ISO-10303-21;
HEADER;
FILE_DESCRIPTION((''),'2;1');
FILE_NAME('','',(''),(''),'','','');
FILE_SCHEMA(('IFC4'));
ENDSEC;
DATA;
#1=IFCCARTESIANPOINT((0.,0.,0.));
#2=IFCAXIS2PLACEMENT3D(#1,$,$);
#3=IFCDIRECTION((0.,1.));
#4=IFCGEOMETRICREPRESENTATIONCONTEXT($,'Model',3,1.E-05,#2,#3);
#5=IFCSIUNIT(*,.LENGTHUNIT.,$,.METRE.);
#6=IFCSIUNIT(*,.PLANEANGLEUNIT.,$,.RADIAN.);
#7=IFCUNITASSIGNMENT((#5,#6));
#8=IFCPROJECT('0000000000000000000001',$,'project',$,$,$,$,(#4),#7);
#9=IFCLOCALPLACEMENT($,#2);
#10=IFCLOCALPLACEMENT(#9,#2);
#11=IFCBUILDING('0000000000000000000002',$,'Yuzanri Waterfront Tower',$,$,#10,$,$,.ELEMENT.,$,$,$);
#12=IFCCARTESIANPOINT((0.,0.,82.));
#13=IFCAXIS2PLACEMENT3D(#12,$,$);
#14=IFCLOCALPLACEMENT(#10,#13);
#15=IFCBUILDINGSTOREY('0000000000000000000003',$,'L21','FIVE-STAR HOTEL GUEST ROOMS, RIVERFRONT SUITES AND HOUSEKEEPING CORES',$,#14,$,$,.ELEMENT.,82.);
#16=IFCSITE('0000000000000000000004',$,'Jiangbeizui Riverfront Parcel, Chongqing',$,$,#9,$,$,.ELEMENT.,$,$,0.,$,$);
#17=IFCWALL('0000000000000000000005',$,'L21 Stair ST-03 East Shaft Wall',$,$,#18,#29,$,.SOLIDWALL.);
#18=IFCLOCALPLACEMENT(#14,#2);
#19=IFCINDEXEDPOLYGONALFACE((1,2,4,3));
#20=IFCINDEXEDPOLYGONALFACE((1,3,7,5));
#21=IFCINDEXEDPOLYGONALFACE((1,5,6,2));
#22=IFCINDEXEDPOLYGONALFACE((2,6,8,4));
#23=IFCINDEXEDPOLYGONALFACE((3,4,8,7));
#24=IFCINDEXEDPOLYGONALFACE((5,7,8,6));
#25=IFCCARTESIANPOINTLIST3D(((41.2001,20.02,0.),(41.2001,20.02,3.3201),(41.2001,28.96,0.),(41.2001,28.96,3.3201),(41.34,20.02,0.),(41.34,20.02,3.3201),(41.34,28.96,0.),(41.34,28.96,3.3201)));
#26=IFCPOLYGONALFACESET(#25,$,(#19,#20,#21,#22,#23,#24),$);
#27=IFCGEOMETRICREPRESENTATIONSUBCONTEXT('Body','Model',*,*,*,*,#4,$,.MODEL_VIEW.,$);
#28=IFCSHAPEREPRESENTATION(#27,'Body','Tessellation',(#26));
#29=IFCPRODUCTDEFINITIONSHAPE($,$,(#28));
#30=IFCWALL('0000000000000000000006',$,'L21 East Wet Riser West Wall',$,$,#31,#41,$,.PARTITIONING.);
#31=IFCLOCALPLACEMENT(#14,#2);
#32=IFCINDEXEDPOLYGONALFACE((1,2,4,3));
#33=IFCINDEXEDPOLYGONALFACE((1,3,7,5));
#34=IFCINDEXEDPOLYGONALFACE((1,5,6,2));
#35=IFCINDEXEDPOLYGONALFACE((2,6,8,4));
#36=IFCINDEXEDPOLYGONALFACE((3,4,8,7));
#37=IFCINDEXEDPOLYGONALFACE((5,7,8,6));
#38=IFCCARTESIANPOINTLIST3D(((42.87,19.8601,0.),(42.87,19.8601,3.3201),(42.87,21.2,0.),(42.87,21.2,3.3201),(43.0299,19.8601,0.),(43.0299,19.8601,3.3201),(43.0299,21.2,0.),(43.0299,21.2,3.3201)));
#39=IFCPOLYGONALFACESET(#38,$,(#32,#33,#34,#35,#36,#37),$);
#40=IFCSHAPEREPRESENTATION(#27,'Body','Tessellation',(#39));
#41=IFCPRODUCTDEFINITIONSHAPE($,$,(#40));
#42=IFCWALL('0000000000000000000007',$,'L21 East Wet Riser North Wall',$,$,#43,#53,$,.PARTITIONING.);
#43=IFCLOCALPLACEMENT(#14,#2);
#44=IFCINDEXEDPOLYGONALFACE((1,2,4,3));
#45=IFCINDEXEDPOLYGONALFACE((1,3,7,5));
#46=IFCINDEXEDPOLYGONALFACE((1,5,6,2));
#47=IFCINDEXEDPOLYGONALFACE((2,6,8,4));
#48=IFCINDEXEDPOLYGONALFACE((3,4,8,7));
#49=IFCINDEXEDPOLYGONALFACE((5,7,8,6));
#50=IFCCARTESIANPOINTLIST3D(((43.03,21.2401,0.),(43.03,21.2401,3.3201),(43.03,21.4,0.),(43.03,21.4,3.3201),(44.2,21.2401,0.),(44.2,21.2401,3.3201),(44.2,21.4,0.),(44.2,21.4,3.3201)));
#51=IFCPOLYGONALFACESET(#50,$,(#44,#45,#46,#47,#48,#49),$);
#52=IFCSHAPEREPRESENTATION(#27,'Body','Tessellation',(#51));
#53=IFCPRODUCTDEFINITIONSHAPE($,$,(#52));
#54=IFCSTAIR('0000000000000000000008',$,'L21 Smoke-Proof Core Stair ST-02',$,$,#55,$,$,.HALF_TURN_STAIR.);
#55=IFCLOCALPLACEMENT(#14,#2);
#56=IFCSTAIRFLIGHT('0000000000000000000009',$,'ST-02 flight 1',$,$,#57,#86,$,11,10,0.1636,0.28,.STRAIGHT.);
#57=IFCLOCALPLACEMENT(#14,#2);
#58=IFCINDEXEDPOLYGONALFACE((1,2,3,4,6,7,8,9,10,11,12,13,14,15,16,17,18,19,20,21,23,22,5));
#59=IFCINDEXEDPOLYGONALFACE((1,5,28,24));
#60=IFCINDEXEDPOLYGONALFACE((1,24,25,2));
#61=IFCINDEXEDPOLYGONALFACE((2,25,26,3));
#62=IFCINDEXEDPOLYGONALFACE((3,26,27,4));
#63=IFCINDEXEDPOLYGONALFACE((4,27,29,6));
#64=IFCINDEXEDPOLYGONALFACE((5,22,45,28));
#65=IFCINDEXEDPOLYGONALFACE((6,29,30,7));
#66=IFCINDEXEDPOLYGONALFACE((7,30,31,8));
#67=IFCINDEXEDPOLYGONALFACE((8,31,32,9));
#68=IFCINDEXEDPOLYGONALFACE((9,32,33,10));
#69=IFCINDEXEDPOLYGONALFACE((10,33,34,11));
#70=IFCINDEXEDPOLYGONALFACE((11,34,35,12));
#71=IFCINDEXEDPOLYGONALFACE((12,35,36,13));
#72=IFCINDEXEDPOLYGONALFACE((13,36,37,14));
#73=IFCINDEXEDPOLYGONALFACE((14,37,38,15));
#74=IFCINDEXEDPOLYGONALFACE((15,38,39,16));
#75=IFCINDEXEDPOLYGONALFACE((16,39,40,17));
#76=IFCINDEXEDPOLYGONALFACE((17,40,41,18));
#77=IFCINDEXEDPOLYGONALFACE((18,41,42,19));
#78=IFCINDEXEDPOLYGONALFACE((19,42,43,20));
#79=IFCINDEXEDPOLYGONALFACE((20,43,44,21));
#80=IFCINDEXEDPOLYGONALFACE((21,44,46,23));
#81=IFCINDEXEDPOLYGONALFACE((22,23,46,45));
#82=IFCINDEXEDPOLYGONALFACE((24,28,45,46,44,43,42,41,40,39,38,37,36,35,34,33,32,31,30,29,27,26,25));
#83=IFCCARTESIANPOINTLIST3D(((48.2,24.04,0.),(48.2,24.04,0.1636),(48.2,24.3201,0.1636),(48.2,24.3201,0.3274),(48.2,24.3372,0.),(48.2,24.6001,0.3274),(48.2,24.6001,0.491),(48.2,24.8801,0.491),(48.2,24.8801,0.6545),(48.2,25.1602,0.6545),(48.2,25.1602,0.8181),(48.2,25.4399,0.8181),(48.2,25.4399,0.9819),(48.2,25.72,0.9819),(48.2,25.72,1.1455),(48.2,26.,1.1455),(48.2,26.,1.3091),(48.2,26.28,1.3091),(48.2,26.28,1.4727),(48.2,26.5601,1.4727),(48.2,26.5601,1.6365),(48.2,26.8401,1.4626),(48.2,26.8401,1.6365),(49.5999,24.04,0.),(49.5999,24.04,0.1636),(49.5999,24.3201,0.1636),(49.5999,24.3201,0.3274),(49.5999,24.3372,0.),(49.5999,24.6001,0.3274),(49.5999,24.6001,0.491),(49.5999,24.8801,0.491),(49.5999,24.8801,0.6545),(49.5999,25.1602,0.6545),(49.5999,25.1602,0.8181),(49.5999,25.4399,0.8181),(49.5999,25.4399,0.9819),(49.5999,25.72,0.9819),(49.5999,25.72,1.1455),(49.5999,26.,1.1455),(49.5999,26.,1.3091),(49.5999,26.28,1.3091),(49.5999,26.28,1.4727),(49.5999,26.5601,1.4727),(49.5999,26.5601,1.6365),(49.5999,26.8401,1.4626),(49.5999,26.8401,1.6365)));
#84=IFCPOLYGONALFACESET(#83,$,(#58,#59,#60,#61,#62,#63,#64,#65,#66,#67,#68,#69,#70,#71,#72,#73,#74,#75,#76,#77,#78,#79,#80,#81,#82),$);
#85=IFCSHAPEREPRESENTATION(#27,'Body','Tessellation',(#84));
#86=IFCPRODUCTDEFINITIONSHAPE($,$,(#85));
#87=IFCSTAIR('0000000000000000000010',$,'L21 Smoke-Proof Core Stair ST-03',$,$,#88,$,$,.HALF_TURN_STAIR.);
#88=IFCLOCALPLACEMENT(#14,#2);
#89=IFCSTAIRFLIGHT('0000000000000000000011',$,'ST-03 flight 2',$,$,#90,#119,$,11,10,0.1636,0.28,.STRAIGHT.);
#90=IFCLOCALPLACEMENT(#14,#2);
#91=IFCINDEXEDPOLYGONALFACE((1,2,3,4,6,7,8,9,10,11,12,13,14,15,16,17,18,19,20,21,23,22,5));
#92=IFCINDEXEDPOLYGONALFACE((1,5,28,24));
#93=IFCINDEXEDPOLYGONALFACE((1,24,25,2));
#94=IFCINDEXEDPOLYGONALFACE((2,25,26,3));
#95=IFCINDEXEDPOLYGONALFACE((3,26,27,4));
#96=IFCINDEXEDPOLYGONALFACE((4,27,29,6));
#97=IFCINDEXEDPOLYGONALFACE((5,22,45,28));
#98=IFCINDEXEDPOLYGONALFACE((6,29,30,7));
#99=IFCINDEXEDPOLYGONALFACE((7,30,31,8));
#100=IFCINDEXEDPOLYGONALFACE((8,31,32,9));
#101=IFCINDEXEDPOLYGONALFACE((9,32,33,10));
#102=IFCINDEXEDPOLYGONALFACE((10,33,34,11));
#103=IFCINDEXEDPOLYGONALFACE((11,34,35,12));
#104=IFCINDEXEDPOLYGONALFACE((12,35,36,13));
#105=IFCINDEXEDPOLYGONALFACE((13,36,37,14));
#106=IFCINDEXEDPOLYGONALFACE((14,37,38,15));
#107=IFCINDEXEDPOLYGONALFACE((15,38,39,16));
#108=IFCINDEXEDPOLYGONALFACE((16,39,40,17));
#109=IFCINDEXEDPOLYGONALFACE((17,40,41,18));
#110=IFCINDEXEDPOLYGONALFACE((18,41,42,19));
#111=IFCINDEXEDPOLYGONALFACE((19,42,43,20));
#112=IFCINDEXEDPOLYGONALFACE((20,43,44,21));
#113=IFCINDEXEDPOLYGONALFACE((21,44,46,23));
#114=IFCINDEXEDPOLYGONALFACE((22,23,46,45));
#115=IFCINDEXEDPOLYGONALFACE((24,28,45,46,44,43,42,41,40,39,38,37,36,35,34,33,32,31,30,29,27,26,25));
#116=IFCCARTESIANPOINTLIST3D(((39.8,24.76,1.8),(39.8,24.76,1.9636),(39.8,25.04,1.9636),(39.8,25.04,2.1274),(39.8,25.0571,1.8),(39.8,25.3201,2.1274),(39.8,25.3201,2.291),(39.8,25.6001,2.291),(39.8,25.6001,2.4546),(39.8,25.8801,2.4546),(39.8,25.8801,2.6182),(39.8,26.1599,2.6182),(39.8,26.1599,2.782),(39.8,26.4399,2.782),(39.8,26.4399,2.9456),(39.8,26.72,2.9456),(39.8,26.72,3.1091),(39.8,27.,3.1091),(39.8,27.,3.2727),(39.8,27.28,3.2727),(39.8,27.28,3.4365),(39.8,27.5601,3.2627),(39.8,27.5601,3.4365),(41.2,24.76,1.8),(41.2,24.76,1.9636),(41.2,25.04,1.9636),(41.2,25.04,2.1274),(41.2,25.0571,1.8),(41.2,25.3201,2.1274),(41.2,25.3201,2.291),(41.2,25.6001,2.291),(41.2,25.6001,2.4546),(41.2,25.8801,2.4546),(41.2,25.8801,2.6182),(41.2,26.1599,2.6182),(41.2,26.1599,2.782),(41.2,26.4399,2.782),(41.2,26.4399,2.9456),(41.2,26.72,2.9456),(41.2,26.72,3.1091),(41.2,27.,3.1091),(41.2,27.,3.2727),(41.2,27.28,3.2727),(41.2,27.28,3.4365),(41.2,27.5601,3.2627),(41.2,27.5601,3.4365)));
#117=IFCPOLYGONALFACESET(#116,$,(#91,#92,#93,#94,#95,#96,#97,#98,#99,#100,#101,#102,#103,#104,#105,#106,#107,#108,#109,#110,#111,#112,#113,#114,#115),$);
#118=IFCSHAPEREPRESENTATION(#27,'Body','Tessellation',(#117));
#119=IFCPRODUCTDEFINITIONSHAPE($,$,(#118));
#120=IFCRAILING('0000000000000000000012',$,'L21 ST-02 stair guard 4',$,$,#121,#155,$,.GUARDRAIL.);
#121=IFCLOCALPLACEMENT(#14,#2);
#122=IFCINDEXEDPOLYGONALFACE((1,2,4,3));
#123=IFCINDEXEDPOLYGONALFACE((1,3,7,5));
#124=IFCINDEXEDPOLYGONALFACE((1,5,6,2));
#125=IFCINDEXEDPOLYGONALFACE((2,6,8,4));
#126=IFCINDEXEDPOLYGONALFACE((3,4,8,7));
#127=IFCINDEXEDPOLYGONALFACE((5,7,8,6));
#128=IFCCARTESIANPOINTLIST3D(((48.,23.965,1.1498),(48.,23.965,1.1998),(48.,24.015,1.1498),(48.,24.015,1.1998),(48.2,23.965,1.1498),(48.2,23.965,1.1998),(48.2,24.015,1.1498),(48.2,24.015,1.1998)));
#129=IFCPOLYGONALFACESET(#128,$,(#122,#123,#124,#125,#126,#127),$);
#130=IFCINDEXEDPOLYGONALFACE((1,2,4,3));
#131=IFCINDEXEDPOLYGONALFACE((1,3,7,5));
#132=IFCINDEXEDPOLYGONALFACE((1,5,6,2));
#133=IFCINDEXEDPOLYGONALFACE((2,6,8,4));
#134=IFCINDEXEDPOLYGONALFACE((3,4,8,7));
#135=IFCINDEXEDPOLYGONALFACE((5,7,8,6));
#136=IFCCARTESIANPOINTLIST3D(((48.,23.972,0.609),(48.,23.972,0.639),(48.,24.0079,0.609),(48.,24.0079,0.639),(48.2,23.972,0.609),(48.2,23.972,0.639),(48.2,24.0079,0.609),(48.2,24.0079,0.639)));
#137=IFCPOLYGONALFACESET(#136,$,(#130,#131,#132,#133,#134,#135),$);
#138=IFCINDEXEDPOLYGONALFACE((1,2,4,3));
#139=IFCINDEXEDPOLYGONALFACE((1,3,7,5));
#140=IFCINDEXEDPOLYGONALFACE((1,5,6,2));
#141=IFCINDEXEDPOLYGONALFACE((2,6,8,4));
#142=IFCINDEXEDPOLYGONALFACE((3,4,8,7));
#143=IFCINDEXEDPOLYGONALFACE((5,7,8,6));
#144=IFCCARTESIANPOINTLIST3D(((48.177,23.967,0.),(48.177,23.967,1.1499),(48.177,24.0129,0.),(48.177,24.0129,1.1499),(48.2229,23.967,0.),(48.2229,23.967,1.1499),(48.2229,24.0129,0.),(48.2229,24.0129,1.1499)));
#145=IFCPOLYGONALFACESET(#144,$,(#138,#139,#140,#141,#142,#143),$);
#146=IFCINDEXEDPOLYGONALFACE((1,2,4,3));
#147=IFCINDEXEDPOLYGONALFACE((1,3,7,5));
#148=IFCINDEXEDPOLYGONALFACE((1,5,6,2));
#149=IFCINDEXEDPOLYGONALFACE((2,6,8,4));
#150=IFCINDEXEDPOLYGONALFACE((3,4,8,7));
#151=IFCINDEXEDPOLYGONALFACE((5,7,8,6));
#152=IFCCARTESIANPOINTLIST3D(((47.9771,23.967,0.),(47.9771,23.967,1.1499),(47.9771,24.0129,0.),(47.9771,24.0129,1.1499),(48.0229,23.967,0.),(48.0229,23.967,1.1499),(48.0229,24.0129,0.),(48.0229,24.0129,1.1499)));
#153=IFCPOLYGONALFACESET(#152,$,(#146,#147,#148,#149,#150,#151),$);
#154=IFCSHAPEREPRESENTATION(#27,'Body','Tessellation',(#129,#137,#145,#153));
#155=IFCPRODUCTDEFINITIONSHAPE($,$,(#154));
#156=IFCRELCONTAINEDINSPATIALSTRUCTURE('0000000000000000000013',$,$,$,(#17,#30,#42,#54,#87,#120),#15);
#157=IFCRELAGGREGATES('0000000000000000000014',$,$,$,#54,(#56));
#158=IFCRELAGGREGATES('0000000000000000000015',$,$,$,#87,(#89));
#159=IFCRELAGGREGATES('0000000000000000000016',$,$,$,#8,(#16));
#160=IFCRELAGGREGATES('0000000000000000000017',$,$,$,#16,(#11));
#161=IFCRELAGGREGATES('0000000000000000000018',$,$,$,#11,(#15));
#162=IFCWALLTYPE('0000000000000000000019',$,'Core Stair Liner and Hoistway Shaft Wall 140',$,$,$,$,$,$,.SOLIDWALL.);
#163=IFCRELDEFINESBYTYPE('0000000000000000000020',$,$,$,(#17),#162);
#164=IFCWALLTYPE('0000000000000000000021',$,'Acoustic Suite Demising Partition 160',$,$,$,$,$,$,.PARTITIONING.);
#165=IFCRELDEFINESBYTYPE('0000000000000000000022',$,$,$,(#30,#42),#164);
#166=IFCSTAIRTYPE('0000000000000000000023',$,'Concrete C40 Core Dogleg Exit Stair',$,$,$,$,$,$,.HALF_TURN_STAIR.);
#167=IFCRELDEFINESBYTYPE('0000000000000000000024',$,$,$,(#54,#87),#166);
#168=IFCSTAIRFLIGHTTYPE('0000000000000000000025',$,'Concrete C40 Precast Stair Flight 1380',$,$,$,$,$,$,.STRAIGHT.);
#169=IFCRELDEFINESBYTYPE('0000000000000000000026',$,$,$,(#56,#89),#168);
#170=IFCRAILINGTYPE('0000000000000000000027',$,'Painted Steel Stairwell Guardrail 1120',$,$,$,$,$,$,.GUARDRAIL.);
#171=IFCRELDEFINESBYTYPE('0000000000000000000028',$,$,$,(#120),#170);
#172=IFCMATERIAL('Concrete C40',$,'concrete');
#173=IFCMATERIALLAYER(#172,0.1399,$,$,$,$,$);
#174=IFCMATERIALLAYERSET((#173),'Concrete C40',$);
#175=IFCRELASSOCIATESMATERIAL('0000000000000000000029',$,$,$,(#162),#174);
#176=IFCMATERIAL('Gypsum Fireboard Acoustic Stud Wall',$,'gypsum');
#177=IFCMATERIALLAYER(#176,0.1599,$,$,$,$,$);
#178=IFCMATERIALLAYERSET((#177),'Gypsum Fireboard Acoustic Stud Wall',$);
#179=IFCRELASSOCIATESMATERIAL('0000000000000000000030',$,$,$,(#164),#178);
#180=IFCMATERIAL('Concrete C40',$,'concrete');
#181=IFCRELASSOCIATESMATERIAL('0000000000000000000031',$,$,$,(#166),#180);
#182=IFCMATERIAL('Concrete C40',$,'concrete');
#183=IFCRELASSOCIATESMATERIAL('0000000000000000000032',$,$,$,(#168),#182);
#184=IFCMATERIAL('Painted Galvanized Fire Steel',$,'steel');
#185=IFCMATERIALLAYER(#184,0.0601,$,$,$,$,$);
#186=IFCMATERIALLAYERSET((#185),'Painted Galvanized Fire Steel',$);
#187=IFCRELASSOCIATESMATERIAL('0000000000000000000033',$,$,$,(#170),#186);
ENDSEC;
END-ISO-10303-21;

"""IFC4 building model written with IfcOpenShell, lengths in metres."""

from ifc_helpers import new_model, si_unit, direction, frame, frame_2d, origin, origin_2d, place, context, subcontext, project, spatial, polyline, rectangle, outline, extrude, source, transform, mapped, material, layer, layer_set, type_object, element, aggregate, save


model = new_model("IFC4")

# Units and contexts
model_context = context("Model", 3, precision=1e-05, world=origin(), true_north=direction((0.0, 1.0)))
body_context = subcontext(model_context, "Body", "Model", "MODEL_VIEW")
ifc_project = project(units=[si_unit("LENGTHUNIT", "METRE"), si_unit("PLANEANGLEUNIT", "RADIAN")], contexts=[model_context])

# Site, building, storey
site_placement = place(None, origin())
site = spatial("IfcSite", under=ifc_project, at=site_placement, Name="Jiangbeizui Riverfront Parcel, Chongqing", CompositionType="ELEMENT", RefElevation=0.0)
building_placement = place(site_placement, origin())
building = spatial("IfcBuilding", under=site, at=building_placement, Name="Yuzanri Waterfront Tower", CompositionType="ELEMENT")
storey_placement = place(building_placement, frame((0.0, 0.0, 82.0)))
storey = spatial("IfcBuildingStorey", under=building, at=storey_placement, Name="L21", Description="FIVE-STAR HOTEL GUEST ROOMS, RIVERFRONT SUITES AND HOUSEKEEPING CORES", CompositionType="ELEMENT", Elevation=82.0)

# Shared definitions
ifc_material_1 = material(Name="Concrete C40", Category="concrete")
ifc_layer_1 = layer(ifc_material_1, 0.1399)
ifc_layer_set_1 = layer_set([ifc_layer_1], Name="Concrete C40")
wall_type_1 = type_object("IfcWallType", Name="Core Stair Liner and Hoistway Shaft Wall 140", PredefinedType="SOLIDWALL", material=ifc_layer_set_1)

# Walls
shared_shape_1 = source(origin(), body_context, "Body", "SweptSolid", [
    extrude(rectangle(XDim=8.9399, YDim=0.1399, at=frame_2d((4.47, 0.0))), origin(), (0.0, 0.0, 1.0), 3.3201),
])
wall_1_placement = place(storey_placement, frame((41.27, 20.02, 0.0), z_axis=(0.0, 0.0, 1.0), x_axis=(0.0, 1.0, 0.0)))
element("IfcWall", 1, at=wall_1_placement, inside=storey, type_object=wall_type_1, Name="L21 Stair ST-03 East Shaft Wall", PredefinedType="SOLIDWALL", context=body_context, shape_type="MappedRepresentation", body=[
    mapped(shared_shape_1, transform((0.0, 0.0, 0.0), scale=1.0)),
])
ifc_material_2 = material(Name="Gypsum Fireboard Acoustic Stud Wall", Category="gypsum")
ifc_layer_2 = layer(ifc_material_2, 0.1599)
ifc_layer_set_2 = layer_set([ifc_layer_2], Name="Gypsum Fireboard Acoustic Stud Wall")
wall_type_2 = type_object("IfcWallType", Name="Acoustic Suite Demising Partition 160", PredefinedType="PARTITIONING", material=ifc_layer_set_2)
shared_shape_2 = source(origin(), body_context, "Body", "SweptSolid", [
    extrude(rectangle(XDim=1.3398, YDim=0.1599, at=frame_2d((0.6699, 0.0))), origin(), (0.0, 0.0, 1.0), 3.3201),
])
wall_2_placement = place(storey_placement, frame((42.95, 19.8601, 0.0), z_axis=(0.0, 0.0, 1.0), x_axis=(0.0, 1.0, 0.0)))
element("IfcWall", 2, at=wall_2_placement, inside=storey, type_object=wall_type_2, Name="L21 East Wet Riser West Wall", PredefinedType="PARTITIONING", context=body_context, shape_type="MappedRepresentation", body=[
    mapped(shared_shape_2, transform((0.0, 0.0, 0.0), scale=1.0)),
])
shared_shape_3 = source(origin(), body_context, "Body", "SweptSolid", [
    extrude(rectangle(XDim=1.1699, YDim=0.1599, at=frame_2d((0.585, 0.0))), origin(), (0.0, 0.0, 1.0), 3.3201),
])
wall_3_placement = place(storey_placement, frame((43.03, 21.3201, 0.0), z_axis=(0.0, 0.0, 1.0), x_axis=(1.0, 0.0, 0.0)))
element("IfcWall", 3, at=wall_3_placement, inside=storey, type_object=wall_type_2, Name="L21 East Wet Riser North Wall", PredefinedType="PARTITIONING", context=body_context, shape_type="MappedRepresentation", body=[
    mapped(shared_shape_3, transform((0.0, 0.0, 0.0), scale=1.0)),
])

# Stairs, stair flights
ifc_material_3 = material(Name="Concrete C40", Category="concrete")
stair_type = type_object("IfcStairType", Name="Concrete C40 Core Dogleg Exit Stair", PredefinedType="HALF_TURN_STAIR", material=ifc_material_3)
stair_1_placement = place(storey_placement, origin())
stair_1 = element("IfcStair", 4, at=stair_1_placement, inside=storey, type_object=stair_type, Name="L21 Smoke-Proof Core Stair ST-02", PredefinedType="HALF_TURN_STAIR")
ifc_material_4 = material(Name="Concrete C40", Category="concrete")
stair_flight_type = type_object("IfcStairFlightType", Name="Concrete C40 Precast Stair Flight 1380", PredefinedType="STRAIGHT", material=ifc_material_4)
shared_shape_4 = source(origin(), body_context, "Body", "SweptSolid", [
    extrude(outline(polyline([(0.0, 0.0), (0.0, 0.1636), (0.28, 0.1636), (0.28, 0.3274), (0.5601, 0.3274), (0.5601, 0.491), (0.8401, 0.491), (0.8401, 0.6545), (1.1201, 0.6545), (1.1201, 0.8181), (1.3999, 0.8181), (1.3999, 0.9819), (1.6799, 0.9819), (1.6799, 1.1455), (1.96, 1.1455), (1.96, 1.3091), (2.24, 1.3091), (2.24, 1.4727), (2.52, 1.4727), (2.52, 1.6365), (2.8, 1.6365), (2.8, 1.8), (2.8, 1.4626), (0.2971, 0.0), (0.0, 0.0)])), frame((0.0, 0.7, 0.0), z_axis=(0.0, -1.0, 0.0), x_axis=(1.0, 0.0, 0.0)), (0.0, 0.0, 1.0), 1.3999),
])
stair_flight_1_placement = place(storey_placement, frame((48.8999, 24.04, 0.0), z_axis=(0.0, 0.0, 1.0), x_axis=(0.0, 1.0, 0.0)))
stair_flight_1 = element("IfcStairFlight", 5, at=stair_flight_1_placement, type_object=stair_flight_type, Name="ST-02 flight 1", NumberOfRisers=11, NumberOfTreads=10, PredefinedType="STRAIGHT", RiserHeight=0.1636, TreadLength=0.28, context=body_context, shape_type="MappedRepresentation", body=[
    mapped(shared_shape_4, transform((0.0, 0.0, 0.0), scale=1.0)),
])
aggregate(stair_1, [stair_flight_1])
stair_2_placement = place(storey_placement, origin())
stair_2 = element("IfcStair", 6, at=stair_2_placement, inside=storey, type_object=stair_type, Name="L21 Smoke-Proof Core Stair ST-03", PredefinedType="HALF_TURN_STAIR")
stair_flight_2_placement = place(storey_placement, frame((40.5, 24.76, 1.8), z_axis=(0.0, 0.0, 1.0), x_axis=(0.0, 1.0, 0.0)))
stair_flight_2 = element("IfcStairFlight", 7, at=stair_flight_2_placement, type_object=stair_flight_type, Name="ST-03 flight 2", NumberOfRisers=11, NumberOfTreads=10, PredefinedType="STRAIGHT", RiserHeight=0.1636, TreadLength=0.28, context=body_context, shape_type="MappedRepresentation", body=[
    mapped(shared_shape_4, transform((0.0, 0.0, 0.0), scale=1.0)),
])
aggregate(stair_2, [stair_flight_2])

# Railing
ifc_material_5 = material(Name="Painted Galvanized Fire Steel", Category="steel")
ifc_layer_3 = layer(ifc_material_5, 0.0601)
ifc_layer_set_3 = layer_set([ifc_layer_3], Name="Painted Galvanized Fire Steel")
railing_type_1 = type_object("IfcRailingType", Name="Painted Steel Stairwell Guardrail 1120", PredefinedType="GUARDRAIL", material=ifc_layer_set_3)
shared_shape_5 = source(origin(), body_context, "Body", "SweptSolid", [
    extrude(rectangle(XDim=0.05, YDim=0.05, at=origin_2d()), frame((0.0, 0.0, 1.1748), z_axis=(-1.0, 0.0, 0.0), x_axis=(0.0, -1.0, 0.0)), (0.0, 0.0, 1.0), 0.2),
    extrude(rectangle(XDim=0.0359, YDim=0.03, at=origin_2d()), frame((0.0, 0.0, 0.624), z_axis=(-1.0, 0.0, 0.0), x_axis=(0.0, -1.0, 0.0)), (0.0, 0.0, 1.0), 0.2),
    extrude(rectangle(XDim=0.0459, YDim=0.0459, at=origin_2d()), origin(), (0.0, 0.0, 1.0), 1.1499),
    extrude(rectangle(XDim=0.0459, YDim=0.0459, at=origin_2d()), frame((-0.2, 0.0, 0.0)), (0.0, 0.0, 1.0), 1.1499),
])
railing_1_placement = place(storey_placement, frame((48.2, 23.99, 0.0)))
element("IfcRailing", 8, at=railing_1_placement, inside=storey, type_object=railing_type_1, Name="L21 ST-02 stair guard 4", PredefinedType="GUARDRAIL", context=body_context, shape_type="MappedRepresentation", body=[
    mapped(shared_shape_5, transform((0.0, 0.0, 0.0), scale=1.0)),
])

save(model, "model.ifc")
